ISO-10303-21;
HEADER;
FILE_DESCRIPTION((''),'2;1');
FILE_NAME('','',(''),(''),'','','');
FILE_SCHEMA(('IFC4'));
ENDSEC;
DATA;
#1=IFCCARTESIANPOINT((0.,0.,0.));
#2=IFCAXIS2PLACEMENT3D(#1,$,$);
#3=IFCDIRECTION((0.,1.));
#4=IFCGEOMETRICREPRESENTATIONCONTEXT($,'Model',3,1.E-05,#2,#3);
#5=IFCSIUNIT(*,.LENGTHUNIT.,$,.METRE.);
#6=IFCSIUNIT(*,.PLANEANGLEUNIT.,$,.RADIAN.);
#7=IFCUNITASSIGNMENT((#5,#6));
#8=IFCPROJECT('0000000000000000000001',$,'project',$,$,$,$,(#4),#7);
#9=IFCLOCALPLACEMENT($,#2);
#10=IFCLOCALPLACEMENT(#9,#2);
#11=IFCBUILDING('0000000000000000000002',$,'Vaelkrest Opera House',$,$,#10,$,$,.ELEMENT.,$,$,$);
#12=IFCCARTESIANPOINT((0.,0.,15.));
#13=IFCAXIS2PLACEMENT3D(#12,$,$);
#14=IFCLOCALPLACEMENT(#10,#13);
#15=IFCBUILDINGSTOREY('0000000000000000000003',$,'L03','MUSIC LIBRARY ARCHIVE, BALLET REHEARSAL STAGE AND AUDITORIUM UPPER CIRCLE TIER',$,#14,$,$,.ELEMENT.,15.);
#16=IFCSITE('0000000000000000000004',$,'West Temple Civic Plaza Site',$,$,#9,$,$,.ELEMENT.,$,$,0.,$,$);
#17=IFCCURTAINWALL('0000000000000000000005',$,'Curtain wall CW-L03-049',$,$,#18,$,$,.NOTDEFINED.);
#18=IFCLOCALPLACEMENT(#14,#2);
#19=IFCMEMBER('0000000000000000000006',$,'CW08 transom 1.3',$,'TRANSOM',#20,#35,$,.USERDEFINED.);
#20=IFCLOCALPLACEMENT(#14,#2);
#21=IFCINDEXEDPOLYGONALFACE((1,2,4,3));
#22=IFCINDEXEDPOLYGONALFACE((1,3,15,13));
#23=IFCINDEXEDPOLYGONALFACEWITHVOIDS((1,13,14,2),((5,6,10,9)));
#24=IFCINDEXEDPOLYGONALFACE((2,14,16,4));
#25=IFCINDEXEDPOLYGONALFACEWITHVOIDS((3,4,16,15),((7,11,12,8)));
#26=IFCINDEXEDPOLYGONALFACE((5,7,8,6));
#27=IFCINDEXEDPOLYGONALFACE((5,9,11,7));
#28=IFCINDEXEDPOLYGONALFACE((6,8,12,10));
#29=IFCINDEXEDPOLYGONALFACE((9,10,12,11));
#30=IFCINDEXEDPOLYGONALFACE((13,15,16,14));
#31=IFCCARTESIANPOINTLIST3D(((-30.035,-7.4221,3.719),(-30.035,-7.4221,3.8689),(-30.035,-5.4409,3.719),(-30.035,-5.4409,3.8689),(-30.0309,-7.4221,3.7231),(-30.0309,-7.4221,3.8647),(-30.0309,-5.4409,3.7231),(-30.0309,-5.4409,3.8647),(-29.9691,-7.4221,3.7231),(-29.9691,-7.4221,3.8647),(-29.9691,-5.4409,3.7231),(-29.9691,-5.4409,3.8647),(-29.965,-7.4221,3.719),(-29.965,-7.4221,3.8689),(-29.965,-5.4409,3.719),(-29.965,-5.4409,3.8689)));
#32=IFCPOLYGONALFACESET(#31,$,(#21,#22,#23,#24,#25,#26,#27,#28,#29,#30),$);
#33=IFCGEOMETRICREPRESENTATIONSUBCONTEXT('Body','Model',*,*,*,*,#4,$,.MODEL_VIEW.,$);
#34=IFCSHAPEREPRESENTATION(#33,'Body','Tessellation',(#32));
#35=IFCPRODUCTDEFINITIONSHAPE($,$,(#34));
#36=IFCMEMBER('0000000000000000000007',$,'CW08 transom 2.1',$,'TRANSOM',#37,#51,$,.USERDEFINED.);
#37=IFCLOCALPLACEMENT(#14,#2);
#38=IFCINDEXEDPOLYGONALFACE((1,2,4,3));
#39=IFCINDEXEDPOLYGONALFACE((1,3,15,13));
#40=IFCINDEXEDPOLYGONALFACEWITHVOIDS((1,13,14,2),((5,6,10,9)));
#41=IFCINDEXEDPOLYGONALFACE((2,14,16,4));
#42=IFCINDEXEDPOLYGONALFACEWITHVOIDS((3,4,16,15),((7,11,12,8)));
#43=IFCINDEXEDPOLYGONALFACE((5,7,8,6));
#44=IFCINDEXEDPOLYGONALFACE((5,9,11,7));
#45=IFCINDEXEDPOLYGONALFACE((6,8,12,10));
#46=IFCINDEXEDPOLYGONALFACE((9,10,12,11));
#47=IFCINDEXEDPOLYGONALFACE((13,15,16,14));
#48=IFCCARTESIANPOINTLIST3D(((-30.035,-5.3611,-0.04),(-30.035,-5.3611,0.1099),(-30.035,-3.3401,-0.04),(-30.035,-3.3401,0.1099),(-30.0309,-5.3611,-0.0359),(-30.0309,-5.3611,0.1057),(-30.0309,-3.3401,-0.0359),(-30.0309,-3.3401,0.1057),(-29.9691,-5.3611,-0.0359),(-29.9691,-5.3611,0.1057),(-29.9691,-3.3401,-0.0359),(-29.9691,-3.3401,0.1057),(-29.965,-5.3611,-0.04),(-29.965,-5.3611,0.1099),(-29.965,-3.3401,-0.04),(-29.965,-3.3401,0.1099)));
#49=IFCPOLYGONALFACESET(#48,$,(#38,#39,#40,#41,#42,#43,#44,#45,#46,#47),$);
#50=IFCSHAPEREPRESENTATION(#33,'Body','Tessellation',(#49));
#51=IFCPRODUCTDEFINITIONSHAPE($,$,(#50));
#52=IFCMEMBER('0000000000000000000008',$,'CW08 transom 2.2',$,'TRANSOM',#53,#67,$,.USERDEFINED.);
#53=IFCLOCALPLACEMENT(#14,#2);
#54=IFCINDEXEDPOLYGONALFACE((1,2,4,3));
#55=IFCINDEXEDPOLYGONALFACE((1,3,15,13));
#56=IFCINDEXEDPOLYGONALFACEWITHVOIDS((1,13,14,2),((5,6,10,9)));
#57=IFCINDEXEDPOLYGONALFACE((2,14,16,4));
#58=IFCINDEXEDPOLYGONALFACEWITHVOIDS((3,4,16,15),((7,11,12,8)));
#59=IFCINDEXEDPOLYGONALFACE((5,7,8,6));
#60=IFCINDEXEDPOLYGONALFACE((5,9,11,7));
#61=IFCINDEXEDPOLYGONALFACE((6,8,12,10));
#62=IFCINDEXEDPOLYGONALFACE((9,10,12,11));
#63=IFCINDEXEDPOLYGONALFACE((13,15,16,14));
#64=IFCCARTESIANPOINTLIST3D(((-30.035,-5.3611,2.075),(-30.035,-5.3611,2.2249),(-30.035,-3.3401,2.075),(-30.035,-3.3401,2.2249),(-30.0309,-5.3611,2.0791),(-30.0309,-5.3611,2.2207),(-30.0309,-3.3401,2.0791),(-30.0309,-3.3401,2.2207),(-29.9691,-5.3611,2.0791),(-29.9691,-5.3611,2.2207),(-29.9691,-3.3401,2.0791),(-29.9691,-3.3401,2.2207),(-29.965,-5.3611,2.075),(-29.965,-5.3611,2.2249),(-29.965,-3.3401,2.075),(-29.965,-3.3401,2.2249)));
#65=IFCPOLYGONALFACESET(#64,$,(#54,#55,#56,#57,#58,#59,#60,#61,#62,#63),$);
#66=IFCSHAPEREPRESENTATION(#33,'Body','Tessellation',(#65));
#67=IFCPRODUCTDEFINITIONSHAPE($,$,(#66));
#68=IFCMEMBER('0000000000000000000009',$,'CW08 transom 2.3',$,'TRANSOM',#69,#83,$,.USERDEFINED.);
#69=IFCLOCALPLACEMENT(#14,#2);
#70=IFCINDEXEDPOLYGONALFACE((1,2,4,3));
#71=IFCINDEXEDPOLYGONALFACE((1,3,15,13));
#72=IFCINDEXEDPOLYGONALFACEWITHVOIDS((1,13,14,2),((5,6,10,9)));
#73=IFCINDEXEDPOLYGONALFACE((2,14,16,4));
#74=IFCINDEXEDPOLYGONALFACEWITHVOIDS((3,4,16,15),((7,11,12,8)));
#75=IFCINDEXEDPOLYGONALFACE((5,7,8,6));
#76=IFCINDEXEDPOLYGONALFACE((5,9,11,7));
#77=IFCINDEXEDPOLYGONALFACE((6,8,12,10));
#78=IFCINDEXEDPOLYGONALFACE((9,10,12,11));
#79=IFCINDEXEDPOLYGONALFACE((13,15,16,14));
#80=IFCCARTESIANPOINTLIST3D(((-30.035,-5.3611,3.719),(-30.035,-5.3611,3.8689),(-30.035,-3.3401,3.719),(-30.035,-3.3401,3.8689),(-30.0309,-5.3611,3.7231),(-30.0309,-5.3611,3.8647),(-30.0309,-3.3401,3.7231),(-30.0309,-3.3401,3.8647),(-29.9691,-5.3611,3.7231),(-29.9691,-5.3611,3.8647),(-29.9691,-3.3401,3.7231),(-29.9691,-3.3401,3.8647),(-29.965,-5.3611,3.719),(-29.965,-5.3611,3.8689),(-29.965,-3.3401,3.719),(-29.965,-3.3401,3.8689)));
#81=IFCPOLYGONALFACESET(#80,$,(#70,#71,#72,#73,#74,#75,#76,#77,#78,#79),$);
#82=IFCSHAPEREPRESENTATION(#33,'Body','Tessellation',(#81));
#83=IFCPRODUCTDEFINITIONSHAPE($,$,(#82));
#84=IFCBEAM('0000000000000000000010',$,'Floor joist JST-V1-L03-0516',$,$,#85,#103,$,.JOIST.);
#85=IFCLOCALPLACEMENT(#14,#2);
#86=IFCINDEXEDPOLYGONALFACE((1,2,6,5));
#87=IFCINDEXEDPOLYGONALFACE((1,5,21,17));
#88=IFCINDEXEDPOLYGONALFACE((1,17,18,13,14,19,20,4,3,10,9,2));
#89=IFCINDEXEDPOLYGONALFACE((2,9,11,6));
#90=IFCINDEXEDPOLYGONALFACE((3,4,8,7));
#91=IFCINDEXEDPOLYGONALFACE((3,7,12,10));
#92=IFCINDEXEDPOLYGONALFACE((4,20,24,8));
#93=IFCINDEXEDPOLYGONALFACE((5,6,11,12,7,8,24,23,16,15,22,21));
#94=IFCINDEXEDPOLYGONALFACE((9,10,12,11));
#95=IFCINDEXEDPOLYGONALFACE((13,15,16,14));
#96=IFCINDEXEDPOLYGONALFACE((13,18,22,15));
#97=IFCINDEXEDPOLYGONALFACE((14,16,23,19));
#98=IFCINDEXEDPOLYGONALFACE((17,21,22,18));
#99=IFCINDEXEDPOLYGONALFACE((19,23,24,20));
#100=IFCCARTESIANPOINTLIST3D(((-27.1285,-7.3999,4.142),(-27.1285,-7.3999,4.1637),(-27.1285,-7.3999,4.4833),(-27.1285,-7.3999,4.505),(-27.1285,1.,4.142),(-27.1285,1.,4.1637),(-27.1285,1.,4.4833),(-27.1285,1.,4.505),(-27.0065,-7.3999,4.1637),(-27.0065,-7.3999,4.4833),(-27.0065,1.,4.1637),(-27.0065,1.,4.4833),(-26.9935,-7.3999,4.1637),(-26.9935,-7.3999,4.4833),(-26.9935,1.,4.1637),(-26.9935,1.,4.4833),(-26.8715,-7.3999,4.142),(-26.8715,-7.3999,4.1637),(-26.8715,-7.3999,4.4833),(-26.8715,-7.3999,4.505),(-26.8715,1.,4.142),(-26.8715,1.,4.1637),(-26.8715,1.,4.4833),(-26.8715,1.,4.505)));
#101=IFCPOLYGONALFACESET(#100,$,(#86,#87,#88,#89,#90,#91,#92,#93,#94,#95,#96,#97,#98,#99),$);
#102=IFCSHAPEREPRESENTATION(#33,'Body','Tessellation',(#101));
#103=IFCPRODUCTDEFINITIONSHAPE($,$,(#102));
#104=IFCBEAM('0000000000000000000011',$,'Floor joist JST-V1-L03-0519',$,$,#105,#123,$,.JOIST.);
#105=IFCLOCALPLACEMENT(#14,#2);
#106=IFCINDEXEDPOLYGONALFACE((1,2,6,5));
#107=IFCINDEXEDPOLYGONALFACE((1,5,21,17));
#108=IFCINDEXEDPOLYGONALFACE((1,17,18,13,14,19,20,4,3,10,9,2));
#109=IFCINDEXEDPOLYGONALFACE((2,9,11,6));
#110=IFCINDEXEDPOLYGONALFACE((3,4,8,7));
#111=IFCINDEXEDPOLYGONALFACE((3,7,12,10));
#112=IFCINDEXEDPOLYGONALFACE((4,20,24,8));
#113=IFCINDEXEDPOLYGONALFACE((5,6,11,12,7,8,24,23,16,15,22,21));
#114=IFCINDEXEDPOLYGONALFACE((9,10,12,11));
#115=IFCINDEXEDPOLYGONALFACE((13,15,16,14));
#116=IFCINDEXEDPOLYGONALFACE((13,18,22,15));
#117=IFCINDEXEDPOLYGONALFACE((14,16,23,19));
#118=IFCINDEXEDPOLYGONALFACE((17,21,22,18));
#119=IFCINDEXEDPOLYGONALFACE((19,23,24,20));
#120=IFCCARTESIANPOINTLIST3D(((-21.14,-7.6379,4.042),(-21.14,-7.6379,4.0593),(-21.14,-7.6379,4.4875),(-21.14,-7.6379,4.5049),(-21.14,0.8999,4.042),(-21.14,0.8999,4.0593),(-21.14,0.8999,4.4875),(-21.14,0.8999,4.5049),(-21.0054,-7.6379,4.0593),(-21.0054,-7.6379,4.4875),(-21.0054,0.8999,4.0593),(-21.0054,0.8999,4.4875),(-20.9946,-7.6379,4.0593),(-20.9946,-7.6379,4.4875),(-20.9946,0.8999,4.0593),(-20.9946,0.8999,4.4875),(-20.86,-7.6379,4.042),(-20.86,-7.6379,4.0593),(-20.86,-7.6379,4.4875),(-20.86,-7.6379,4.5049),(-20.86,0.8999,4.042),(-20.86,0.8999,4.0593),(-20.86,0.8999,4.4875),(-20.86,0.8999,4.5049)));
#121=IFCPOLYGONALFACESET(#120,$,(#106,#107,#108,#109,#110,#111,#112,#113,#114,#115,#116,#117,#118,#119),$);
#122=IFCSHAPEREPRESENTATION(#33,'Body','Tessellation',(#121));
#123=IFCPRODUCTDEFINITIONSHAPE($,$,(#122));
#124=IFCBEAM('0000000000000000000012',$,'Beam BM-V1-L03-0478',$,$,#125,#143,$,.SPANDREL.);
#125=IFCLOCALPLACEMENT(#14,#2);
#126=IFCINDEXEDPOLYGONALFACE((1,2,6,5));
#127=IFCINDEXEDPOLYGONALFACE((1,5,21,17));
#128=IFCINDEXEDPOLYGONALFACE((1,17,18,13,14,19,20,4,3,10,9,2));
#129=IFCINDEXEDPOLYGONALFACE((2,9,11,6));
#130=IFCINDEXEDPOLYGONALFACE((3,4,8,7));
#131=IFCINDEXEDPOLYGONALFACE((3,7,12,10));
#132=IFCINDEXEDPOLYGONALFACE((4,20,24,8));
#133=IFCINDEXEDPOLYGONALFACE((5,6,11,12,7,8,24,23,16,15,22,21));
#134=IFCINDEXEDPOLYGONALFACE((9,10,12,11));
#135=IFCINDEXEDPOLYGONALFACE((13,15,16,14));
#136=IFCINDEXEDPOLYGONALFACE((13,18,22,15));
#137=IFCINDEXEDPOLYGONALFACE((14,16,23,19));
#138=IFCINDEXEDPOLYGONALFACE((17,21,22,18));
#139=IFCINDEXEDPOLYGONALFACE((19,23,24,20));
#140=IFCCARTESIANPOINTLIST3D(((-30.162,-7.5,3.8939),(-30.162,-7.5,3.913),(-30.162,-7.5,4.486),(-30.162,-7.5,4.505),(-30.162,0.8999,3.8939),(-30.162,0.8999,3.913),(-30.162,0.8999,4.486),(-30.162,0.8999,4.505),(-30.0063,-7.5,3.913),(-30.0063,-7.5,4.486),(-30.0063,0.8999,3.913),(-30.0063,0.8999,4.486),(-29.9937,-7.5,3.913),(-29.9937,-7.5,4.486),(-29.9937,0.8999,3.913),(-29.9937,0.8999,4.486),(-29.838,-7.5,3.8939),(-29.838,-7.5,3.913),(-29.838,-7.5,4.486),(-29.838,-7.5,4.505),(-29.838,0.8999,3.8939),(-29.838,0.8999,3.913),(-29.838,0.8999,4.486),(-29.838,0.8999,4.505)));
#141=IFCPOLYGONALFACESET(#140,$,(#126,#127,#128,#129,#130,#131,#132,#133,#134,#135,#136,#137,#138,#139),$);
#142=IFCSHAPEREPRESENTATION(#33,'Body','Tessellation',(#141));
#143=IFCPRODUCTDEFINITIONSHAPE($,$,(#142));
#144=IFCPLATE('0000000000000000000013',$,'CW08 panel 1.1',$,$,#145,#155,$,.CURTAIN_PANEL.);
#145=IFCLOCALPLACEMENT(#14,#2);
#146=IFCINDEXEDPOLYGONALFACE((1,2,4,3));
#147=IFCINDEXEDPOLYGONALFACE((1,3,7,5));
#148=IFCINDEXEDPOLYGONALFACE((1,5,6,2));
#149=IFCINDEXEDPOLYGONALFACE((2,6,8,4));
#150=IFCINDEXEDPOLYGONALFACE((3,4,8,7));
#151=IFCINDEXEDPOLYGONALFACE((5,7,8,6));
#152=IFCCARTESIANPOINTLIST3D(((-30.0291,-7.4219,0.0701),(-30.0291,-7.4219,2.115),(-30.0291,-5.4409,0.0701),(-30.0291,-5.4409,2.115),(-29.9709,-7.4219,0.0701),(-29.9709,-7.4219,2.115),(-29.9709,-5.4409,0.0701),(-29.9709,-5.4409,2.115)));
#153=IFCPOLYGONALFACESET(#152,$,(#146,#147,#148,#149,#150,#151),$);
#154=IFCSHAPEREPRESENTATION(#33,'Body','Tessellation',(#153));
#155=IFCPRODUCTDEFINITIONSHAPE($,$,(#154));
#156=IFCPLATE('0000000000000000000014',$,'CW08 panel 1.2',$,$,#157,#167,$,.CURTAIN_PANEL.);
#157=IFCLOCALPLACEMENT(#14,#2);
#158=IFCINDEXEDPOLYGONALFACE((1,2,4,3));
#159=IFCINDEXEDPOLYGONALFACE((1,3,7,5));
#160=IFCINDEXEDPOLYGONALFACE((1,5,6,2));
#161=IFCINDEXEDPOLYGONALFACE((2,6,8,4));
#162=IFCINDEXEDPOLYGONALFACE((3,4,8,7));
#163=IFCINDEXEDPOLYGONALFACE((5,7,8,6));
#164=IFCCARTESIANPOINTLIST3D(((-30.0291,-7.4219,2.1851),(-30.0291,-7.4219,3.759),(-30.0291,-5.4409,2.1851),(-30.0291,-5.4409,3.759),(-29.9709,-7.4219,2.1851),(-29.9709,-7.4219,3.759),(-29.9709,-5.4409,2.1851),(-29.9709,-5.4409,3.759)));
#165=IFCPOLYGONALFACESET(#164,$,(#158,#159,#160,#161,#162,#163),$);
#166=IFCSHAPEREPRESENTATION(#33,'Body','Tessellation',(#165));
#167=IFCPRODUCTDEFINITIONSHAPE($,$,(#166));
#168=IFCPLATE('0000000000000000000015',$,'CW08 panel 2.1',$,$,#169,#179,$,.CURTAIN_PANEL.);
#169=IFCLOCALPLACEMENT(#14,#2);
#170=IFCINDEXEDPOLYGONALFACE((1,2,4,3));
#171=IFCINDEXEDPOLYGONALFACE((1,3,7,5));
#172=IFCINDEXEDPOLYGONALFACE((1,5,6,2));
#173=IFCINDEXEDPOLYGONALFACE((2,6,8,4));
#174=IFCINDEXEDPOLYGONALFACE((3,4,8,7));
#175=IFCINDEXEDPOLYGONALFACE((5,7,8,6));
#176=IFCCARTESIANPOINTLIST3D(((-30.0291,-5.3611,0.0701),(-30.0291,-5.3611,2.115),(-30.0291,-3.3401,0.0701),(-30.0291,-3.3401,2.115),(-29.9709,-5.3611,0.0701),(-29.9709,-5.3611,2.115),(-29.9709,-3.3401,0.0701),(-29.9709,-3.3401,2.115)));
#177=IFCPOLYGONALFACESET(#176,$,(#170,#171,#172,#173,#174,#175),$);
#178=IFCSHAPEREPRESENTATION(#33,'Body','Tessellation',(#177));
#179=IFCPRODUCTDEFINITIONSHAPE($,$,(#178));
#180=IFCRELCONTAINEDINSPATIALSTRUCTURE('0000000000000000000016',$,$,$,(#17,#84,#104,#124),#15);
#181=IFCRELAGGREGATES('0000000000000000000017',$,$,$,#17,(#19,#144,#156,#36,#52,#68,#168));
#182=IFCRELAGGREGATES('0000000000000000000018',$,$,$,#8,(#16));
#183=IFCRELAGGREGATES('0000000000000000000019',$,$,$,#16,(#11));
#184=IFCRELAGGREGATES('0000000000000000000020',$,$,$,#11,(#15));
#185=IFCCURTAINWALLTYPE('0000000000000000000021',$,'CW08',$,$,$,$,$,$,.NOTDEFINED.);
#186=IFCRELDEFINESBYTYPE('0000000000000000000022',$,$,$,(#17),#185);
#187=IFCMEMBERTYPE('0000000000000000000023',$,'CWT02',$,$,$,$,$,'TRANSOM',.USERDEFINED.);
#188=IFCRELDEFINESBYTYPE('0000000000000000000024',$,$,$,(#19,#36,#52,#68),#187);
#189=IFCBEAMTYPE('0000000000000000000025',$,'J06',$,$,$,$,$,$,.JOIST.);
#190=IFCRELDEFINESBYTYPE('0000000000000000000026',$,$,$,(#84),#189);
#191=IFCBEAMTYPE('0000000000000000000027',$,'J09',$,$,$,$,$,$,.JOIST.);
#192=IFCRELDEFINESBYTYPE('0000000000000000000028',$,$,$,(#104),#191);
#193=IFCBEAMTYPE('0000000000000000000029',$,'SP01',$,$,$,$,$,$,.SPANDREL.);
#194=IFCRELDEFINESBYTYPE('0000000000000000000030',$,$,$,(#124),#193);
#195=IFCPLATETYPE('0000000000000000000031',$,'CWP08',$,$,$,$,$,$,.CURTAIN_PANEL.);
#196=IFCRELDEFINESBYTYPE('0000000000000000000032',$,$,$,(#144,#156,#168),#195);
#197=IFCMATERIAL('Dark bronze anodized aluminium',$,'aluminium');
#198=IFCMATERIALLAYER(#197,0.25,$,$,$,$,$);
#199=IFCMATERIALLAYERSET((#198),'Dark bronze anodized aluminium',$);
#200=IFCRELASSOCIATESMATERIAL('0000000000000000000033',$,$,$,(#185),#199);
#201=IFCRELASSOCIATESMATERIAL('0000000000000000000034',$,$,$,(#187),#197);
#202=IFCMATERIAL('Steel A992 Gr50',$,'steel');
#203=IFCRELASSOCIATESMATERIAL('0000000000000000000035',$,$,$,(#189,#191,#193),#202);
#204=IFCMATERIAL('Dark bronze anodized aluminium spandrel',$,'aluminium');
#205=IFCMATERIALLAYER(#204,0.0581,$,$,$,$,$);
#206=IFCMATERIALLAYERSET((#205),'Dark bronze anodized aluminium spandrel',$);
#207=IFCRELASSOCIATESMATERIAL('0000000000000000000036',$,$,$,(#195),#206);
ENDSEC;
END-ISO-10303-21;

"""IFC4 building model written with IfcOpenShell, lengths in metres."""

from ifc_helpers import new_model, si_unit, direction, frame, origin, origin_2d, place, context, subcontext, project, spatial, rectangle, hollow_rectangle, i_section, extrude, material, layer, layer_set, material_profile, profile_set, type_object, element, aggregate, save


model = new_model("IFC4")

# Units and contexts
model_context = context("Model", 3, precision=1e-05, world=origin(), true_north=direction((0.0, 1.0)))
body_context = subcontext(model_context, "Body", "Model", "MODEL_VIEW")
ifc_project = project(units=[si_unit("LENGTHUNIT", "METRE"), si_unit("PLANEANGLEUNIT", "RADIAN")], contexts=[model_context])

# Site, building, storey
site_placement = place(None, origin())
site = spatial("IfcSite", under=ifc_project, at=site_placement, Name="West Temple Civic Plaza Site", CompositionType="ELEMENT", RefElevation=0.0)
building_placement = place(site_placement, origin())
building = spatial("IfcBuilding", under=site, at=building_placement, Name="Vaelkrest Opera House", CompositionType="ELEMENT")
storey_placement = place(building_placement, frame((0.0, 0.0, 15.0)))
storey = spatial("IfcBuildingStorey", under=building, at=storey_placement, Name="L03", Description="MUSIC LIBRARY ARCHIVE, BALLET REHEARSAL STAGE AND AUDITORIUM UPPER CIRCLE TIER", CompositionType="ELEMENT", Elevation=15.0)

# Shared definitions
ifc_material_1 = material(Name="Steel A992 Gr50", Category="steel")

# Curtain wall, members
ifc_material_2 = material(Name="Dark bronze anodized aluminium", Category="aluminium")
ifc_layer_1 = layer(ifc_material_2, 0.25)
ifc_layer_set_1 = layer_set([ifc_layer_1], Name="Dark bronze anodized aluminium")
curtain_wall_type = type_object("IfcCurtainWallType", Name="CW08", PredefinedType="NOTDEFINED", material=ifc_layer_set_1)
curtain_wall_placement = place(storey_placement, origin())
curtain_wall = element("IfcCurtainWall", 1, at=curtain_wall_placement, inside=storey, type_object=curtain_wall_type, Name="Curtain wall CW-L03-049", PredefinedType="NOTDEFINED")
ifc_material_profile_1 = material_profile(ifc_material_2, hollow_rectangle(XDim=0.0701, YDim=0.1499, WallThickness=0.0042, at=origin_2d()), Name="CWT70X150")
ifc_profile_set_1 = profile_set([ifc_material_profile_1], Name="Dark bronze anodized aluminium")
member_type_1 = type_object("IfcMemberType", Name="CWT02", ElementType="TRANSOM", PredefinedType="USERDEFINED", material=ifc_profile_set_1)
member_1_placement = place(storey_placement, frame((-30.0, -7.4221, 3.7939), z_axis=(0.0, 1.0, 0.0), x_axis=(-1.0, 0.0, 0.0)))
member_1 = element("IfcMember", 2, at=member_1_placement, type_object=member_type_1, Name="CW08 transom 1.3", ObjectType="TRANSOM", PredefinedType="USERDEFINED", context=body_context, shape_type="SweptSolid", body=[
    extrude(hollow_rectangle(XDim=0.0701, YDim=0.1499, WallThickness=0.0042, at=origin_2d()), origin(), (0.0, 0.0, 1.0), 1.9812),
])
member_2_placement = place(storey_placement, frame((-30.0, -5.3611, 0.0349), z_axis=(0.0, 1.0, 0.0), x_axis=(-1.0, 0.0, 0.0)))
member_2 = element("IfcMember", 3, at=member_2_placement, type_object=member_type_1, Name="CW08 transom 2.1", ObjectType="TRANSOM", PredefinedType="USERDEFINED", context=body_context, shape_type="SweptSolid", body=[
    extrude(hollow_rectangle(XDim=0.0701, YDim=0.1499, WallThickness=0.0042, at=origin_2d()), origin(), (0.0, 0.0, 1.0), 2.021),
])
member_3_placement = place(storey_placement, frame((-30.0, -5.3611, 2.1499), z_axis=(0.0, 1.0, 0.0), x_axis=(-1.0, 0.0, 0.0)))
member_3 = element("IfcMember", 4, at=member_3_placement, type_object=member_type_1, Name="CW08 transom 2.2", ObjectType="TRANSOM", PredefinedType="USERDEFINED", context=body_context, shape_type="SweptSolid", body=[
    extrude(hollow_rectangle(XDim=0.0701, YDim=0.1499, WallThickness=0.0042, at=origin_2d()), origin(), (0.0, 0.0, 1.0), 2.021),
])
member_4_placement = place(storey_placement, frame((-30.0, -5.3611, 3.7939), z_axis=(0.0, 1.0, 0.0), x_axis=(-1.0, 0.0, 0.0)))
member_4 = element("IfcMember", 5, at=member_4_placement, type_object=member_type_1, Name="CW08 transom 2.3", ObjectType="TRANSOM", PredefinedType="USERDEFINED", context=body_context, shape_type="SweptSolid", body=[
    extrude(hollow_rectangle(XDim=0.0701, YDim=0.1499, WallThickness=0.0042, at=origin_2d()), origin(), (0.0, 0.0, 1.0), 2.021),
])

# Beams
ifc_material_profile_2 = material_profile(ifc_material_1, i_section(OverallWidth=0.2571, OverallDepth=0.363, WebThickness=0.0129, FlangeThickness=0.0217, at=origin_2d()), Name="W14X82")
ifc_profile_set_2 = profile_set([ifc_material_profile_2], Name="Steel A992 Gr50")
beam_type_1 = type_object("IfcBeamType", Name="J06", PredefinedType="JOIST", material=ifc_profile_set_2)
beam_1_placement = place(storey_placement, frame((-27.0, -7.3999, 4.3235), z_axis=(0.0, 1.0, 0.0), x_axis=(-1.0, 0.0, 0.0)))
element("IfcBeam", 6, at=beam_1_placement, inside=storey, type_object=beam_type_1, Name="Floor joist JST-V1-L03-0516", PredefinedType="JOIST", context=body_context, shape_type="SweptSolid", body=[
    extrude(i_section(OverallWidth=0.2571, OverallDepth=0.363, WebThickness=0.0129, FlangeThickness=0.0217, at=origin_2d()), origin(), (0.0, 0.0, 1.0), 8.3999),
])
ifc_material_profile_3 = material_profile(ifc_material_1, i_section(OverallWidth=0.28, OverallDepth=0.4629, WebThickness=0.0107, FlangeThickness=0.0173, at=origin_2d()), Name="W18X76")
ifc_profile_set_3 = profile_set([ifc_material_profile_3], Name="Steel A992 Gr50")
beam_type_2 = type_object("IfcBeamType", Name="J09", PredefinedType="JOIST", material=ifc_profile_set_3)
beam_2_placement = place(storey_placement, frame((-21.0, -7.6379, 4.2734), z_axis=(0.0, 1.0, 0.0), x_axis=(-1.0, 0.0, 0.0)))
element("IfcBeam", 7, at=beam_2_placement, inside=storey, type_object=beam_type_2, Name="Floor joist JST-V1-L03-0519", PredefinedType="JOIST", context=body_context, shape_type="SweptSolid", body=[
    extrude(i_section(OverallWidth=0.28, OverallDepth=0.4629, WebThickness=0.0107, FlangeThickness=0.0173, at=origin_2d()), origin(), (0.0, 0.0, 1.0), 8.5378),
])
ifc_material_profile_4 = material_profile(ifc_material_1, i_section(OverallWidth=0.324, OverallDepth=0.6111, WebThickness=0.0127, FlangeThickness=0.019, at=origin_2d()), Name="W24X104")
ifc_profile_set_4 = profile_set([ifc_material_profile_4], Name="Steel A992 Gr50")
beam_type_3 = type_object("IfcBeamType", Name="SP01", PredefinedType="SPANDREL", material=ifc_profile_set_4)
beam_3_placement = place(storey_placement, frame((-30.0, -7.5, 4.1995), z_axis=(0.0, 1.0, 0.0), x_axis=(-1.0, 0.0, 0.0)))
element("IfcBeam", 8, at=beam_3_placement, inside=storey, type_object=beam_type_3, Name="Beam BM-V1-L03-0478", PredefinedType="SPANDREL", context=body_context, shape_type="SweptSolid", body=[
    extrude(i_section(OverallWidth=0.324, OverallDepth=0.6111, WebThickness=0.0127, FlangeThickness=0.019, at=origin_2d()), origin(), (0.0, 0.0, 1.0), 8.3999),
])

# Plates
ifc_material_3 = material(Name="Dark bronze anodized aluminium spandrel", Category="aluminium")
ifc_layer_2 = layer(ifc_material_3, 0.0581)
ifc_layer_set_2 = layer_set([ifc_layer_2], Name="Dark bronze anodized aluminium spandrel")
plate_type = type_object("IfcPlateType", Name="CWP08", PredefinedType="CURTAIN_PANEL", material=ifc_layer_set_2)
plate_1_placement = place(storey_placement, frame((-30.0, -6.4314, 0.0701), z_axis=(0.0, 0.0, 1.0), x_axis=(0.0, 1.0, 0.0)))
plate_1 = element("IfcPlate", 9, at=plate_1_placement, type_object=plate_type, Name="CW08 panel 1.1", PredefinedType="CURTAIN_PANEL", context=body_context, shape_type="SweptSolid", body=[
    extrude(rectangle(XDim=1.981, YDim=0.0581, at=origin_2d()), origin(), (0.0, 0.0, 1.0), 2.0449),
])
plate_2_placement = place(storey_placement, frame((-30.0, -6.4314, 2.1851), z_axis=(0.0, 0.0, 1.0), x_axis=(0.0, 1.0, 0.0)))
plate_2 = element("IfcPlate", 10, at=plate_2_placement, type_object=plate_type, Name="CW08 panel 1.2", PredefinedType="CURTAIN_PANEL", context=body_context, shape_type="SweptSolid", body=[
    extrude(rectangle(XDim=1.981, YDim=0.0581, at=origin_2d()), origin(), (0.0, 0.0, 1.0), 1.574),
])
plate_3_placement = place(storey_placement, frame((-30.0, -4.3506, 0.0701), z_axis=(0.0, 0.0, 1.0), x_axis=(0.0, 1.0, 0.0)))
plate_3 = element("IfcPlate", 11, at=plate_3_placement, type_object=plate_type, Name="CW08 panel 2.1", PredefinedType="CURTAIN_PANEL", context=body_context, shape_type="SweptSolid", body=[
    extrude(rectangle(XDim=2.021, YDim=0.0581, at=origin_2d()), origin(), (0.0, 0.0, 1.0), 2.0449),
])
aggregate(curtain_wall, [member_1, plate_1, plate_2, member_2, member_3, member_4, plate_3])

save(model, "model.ifc")
